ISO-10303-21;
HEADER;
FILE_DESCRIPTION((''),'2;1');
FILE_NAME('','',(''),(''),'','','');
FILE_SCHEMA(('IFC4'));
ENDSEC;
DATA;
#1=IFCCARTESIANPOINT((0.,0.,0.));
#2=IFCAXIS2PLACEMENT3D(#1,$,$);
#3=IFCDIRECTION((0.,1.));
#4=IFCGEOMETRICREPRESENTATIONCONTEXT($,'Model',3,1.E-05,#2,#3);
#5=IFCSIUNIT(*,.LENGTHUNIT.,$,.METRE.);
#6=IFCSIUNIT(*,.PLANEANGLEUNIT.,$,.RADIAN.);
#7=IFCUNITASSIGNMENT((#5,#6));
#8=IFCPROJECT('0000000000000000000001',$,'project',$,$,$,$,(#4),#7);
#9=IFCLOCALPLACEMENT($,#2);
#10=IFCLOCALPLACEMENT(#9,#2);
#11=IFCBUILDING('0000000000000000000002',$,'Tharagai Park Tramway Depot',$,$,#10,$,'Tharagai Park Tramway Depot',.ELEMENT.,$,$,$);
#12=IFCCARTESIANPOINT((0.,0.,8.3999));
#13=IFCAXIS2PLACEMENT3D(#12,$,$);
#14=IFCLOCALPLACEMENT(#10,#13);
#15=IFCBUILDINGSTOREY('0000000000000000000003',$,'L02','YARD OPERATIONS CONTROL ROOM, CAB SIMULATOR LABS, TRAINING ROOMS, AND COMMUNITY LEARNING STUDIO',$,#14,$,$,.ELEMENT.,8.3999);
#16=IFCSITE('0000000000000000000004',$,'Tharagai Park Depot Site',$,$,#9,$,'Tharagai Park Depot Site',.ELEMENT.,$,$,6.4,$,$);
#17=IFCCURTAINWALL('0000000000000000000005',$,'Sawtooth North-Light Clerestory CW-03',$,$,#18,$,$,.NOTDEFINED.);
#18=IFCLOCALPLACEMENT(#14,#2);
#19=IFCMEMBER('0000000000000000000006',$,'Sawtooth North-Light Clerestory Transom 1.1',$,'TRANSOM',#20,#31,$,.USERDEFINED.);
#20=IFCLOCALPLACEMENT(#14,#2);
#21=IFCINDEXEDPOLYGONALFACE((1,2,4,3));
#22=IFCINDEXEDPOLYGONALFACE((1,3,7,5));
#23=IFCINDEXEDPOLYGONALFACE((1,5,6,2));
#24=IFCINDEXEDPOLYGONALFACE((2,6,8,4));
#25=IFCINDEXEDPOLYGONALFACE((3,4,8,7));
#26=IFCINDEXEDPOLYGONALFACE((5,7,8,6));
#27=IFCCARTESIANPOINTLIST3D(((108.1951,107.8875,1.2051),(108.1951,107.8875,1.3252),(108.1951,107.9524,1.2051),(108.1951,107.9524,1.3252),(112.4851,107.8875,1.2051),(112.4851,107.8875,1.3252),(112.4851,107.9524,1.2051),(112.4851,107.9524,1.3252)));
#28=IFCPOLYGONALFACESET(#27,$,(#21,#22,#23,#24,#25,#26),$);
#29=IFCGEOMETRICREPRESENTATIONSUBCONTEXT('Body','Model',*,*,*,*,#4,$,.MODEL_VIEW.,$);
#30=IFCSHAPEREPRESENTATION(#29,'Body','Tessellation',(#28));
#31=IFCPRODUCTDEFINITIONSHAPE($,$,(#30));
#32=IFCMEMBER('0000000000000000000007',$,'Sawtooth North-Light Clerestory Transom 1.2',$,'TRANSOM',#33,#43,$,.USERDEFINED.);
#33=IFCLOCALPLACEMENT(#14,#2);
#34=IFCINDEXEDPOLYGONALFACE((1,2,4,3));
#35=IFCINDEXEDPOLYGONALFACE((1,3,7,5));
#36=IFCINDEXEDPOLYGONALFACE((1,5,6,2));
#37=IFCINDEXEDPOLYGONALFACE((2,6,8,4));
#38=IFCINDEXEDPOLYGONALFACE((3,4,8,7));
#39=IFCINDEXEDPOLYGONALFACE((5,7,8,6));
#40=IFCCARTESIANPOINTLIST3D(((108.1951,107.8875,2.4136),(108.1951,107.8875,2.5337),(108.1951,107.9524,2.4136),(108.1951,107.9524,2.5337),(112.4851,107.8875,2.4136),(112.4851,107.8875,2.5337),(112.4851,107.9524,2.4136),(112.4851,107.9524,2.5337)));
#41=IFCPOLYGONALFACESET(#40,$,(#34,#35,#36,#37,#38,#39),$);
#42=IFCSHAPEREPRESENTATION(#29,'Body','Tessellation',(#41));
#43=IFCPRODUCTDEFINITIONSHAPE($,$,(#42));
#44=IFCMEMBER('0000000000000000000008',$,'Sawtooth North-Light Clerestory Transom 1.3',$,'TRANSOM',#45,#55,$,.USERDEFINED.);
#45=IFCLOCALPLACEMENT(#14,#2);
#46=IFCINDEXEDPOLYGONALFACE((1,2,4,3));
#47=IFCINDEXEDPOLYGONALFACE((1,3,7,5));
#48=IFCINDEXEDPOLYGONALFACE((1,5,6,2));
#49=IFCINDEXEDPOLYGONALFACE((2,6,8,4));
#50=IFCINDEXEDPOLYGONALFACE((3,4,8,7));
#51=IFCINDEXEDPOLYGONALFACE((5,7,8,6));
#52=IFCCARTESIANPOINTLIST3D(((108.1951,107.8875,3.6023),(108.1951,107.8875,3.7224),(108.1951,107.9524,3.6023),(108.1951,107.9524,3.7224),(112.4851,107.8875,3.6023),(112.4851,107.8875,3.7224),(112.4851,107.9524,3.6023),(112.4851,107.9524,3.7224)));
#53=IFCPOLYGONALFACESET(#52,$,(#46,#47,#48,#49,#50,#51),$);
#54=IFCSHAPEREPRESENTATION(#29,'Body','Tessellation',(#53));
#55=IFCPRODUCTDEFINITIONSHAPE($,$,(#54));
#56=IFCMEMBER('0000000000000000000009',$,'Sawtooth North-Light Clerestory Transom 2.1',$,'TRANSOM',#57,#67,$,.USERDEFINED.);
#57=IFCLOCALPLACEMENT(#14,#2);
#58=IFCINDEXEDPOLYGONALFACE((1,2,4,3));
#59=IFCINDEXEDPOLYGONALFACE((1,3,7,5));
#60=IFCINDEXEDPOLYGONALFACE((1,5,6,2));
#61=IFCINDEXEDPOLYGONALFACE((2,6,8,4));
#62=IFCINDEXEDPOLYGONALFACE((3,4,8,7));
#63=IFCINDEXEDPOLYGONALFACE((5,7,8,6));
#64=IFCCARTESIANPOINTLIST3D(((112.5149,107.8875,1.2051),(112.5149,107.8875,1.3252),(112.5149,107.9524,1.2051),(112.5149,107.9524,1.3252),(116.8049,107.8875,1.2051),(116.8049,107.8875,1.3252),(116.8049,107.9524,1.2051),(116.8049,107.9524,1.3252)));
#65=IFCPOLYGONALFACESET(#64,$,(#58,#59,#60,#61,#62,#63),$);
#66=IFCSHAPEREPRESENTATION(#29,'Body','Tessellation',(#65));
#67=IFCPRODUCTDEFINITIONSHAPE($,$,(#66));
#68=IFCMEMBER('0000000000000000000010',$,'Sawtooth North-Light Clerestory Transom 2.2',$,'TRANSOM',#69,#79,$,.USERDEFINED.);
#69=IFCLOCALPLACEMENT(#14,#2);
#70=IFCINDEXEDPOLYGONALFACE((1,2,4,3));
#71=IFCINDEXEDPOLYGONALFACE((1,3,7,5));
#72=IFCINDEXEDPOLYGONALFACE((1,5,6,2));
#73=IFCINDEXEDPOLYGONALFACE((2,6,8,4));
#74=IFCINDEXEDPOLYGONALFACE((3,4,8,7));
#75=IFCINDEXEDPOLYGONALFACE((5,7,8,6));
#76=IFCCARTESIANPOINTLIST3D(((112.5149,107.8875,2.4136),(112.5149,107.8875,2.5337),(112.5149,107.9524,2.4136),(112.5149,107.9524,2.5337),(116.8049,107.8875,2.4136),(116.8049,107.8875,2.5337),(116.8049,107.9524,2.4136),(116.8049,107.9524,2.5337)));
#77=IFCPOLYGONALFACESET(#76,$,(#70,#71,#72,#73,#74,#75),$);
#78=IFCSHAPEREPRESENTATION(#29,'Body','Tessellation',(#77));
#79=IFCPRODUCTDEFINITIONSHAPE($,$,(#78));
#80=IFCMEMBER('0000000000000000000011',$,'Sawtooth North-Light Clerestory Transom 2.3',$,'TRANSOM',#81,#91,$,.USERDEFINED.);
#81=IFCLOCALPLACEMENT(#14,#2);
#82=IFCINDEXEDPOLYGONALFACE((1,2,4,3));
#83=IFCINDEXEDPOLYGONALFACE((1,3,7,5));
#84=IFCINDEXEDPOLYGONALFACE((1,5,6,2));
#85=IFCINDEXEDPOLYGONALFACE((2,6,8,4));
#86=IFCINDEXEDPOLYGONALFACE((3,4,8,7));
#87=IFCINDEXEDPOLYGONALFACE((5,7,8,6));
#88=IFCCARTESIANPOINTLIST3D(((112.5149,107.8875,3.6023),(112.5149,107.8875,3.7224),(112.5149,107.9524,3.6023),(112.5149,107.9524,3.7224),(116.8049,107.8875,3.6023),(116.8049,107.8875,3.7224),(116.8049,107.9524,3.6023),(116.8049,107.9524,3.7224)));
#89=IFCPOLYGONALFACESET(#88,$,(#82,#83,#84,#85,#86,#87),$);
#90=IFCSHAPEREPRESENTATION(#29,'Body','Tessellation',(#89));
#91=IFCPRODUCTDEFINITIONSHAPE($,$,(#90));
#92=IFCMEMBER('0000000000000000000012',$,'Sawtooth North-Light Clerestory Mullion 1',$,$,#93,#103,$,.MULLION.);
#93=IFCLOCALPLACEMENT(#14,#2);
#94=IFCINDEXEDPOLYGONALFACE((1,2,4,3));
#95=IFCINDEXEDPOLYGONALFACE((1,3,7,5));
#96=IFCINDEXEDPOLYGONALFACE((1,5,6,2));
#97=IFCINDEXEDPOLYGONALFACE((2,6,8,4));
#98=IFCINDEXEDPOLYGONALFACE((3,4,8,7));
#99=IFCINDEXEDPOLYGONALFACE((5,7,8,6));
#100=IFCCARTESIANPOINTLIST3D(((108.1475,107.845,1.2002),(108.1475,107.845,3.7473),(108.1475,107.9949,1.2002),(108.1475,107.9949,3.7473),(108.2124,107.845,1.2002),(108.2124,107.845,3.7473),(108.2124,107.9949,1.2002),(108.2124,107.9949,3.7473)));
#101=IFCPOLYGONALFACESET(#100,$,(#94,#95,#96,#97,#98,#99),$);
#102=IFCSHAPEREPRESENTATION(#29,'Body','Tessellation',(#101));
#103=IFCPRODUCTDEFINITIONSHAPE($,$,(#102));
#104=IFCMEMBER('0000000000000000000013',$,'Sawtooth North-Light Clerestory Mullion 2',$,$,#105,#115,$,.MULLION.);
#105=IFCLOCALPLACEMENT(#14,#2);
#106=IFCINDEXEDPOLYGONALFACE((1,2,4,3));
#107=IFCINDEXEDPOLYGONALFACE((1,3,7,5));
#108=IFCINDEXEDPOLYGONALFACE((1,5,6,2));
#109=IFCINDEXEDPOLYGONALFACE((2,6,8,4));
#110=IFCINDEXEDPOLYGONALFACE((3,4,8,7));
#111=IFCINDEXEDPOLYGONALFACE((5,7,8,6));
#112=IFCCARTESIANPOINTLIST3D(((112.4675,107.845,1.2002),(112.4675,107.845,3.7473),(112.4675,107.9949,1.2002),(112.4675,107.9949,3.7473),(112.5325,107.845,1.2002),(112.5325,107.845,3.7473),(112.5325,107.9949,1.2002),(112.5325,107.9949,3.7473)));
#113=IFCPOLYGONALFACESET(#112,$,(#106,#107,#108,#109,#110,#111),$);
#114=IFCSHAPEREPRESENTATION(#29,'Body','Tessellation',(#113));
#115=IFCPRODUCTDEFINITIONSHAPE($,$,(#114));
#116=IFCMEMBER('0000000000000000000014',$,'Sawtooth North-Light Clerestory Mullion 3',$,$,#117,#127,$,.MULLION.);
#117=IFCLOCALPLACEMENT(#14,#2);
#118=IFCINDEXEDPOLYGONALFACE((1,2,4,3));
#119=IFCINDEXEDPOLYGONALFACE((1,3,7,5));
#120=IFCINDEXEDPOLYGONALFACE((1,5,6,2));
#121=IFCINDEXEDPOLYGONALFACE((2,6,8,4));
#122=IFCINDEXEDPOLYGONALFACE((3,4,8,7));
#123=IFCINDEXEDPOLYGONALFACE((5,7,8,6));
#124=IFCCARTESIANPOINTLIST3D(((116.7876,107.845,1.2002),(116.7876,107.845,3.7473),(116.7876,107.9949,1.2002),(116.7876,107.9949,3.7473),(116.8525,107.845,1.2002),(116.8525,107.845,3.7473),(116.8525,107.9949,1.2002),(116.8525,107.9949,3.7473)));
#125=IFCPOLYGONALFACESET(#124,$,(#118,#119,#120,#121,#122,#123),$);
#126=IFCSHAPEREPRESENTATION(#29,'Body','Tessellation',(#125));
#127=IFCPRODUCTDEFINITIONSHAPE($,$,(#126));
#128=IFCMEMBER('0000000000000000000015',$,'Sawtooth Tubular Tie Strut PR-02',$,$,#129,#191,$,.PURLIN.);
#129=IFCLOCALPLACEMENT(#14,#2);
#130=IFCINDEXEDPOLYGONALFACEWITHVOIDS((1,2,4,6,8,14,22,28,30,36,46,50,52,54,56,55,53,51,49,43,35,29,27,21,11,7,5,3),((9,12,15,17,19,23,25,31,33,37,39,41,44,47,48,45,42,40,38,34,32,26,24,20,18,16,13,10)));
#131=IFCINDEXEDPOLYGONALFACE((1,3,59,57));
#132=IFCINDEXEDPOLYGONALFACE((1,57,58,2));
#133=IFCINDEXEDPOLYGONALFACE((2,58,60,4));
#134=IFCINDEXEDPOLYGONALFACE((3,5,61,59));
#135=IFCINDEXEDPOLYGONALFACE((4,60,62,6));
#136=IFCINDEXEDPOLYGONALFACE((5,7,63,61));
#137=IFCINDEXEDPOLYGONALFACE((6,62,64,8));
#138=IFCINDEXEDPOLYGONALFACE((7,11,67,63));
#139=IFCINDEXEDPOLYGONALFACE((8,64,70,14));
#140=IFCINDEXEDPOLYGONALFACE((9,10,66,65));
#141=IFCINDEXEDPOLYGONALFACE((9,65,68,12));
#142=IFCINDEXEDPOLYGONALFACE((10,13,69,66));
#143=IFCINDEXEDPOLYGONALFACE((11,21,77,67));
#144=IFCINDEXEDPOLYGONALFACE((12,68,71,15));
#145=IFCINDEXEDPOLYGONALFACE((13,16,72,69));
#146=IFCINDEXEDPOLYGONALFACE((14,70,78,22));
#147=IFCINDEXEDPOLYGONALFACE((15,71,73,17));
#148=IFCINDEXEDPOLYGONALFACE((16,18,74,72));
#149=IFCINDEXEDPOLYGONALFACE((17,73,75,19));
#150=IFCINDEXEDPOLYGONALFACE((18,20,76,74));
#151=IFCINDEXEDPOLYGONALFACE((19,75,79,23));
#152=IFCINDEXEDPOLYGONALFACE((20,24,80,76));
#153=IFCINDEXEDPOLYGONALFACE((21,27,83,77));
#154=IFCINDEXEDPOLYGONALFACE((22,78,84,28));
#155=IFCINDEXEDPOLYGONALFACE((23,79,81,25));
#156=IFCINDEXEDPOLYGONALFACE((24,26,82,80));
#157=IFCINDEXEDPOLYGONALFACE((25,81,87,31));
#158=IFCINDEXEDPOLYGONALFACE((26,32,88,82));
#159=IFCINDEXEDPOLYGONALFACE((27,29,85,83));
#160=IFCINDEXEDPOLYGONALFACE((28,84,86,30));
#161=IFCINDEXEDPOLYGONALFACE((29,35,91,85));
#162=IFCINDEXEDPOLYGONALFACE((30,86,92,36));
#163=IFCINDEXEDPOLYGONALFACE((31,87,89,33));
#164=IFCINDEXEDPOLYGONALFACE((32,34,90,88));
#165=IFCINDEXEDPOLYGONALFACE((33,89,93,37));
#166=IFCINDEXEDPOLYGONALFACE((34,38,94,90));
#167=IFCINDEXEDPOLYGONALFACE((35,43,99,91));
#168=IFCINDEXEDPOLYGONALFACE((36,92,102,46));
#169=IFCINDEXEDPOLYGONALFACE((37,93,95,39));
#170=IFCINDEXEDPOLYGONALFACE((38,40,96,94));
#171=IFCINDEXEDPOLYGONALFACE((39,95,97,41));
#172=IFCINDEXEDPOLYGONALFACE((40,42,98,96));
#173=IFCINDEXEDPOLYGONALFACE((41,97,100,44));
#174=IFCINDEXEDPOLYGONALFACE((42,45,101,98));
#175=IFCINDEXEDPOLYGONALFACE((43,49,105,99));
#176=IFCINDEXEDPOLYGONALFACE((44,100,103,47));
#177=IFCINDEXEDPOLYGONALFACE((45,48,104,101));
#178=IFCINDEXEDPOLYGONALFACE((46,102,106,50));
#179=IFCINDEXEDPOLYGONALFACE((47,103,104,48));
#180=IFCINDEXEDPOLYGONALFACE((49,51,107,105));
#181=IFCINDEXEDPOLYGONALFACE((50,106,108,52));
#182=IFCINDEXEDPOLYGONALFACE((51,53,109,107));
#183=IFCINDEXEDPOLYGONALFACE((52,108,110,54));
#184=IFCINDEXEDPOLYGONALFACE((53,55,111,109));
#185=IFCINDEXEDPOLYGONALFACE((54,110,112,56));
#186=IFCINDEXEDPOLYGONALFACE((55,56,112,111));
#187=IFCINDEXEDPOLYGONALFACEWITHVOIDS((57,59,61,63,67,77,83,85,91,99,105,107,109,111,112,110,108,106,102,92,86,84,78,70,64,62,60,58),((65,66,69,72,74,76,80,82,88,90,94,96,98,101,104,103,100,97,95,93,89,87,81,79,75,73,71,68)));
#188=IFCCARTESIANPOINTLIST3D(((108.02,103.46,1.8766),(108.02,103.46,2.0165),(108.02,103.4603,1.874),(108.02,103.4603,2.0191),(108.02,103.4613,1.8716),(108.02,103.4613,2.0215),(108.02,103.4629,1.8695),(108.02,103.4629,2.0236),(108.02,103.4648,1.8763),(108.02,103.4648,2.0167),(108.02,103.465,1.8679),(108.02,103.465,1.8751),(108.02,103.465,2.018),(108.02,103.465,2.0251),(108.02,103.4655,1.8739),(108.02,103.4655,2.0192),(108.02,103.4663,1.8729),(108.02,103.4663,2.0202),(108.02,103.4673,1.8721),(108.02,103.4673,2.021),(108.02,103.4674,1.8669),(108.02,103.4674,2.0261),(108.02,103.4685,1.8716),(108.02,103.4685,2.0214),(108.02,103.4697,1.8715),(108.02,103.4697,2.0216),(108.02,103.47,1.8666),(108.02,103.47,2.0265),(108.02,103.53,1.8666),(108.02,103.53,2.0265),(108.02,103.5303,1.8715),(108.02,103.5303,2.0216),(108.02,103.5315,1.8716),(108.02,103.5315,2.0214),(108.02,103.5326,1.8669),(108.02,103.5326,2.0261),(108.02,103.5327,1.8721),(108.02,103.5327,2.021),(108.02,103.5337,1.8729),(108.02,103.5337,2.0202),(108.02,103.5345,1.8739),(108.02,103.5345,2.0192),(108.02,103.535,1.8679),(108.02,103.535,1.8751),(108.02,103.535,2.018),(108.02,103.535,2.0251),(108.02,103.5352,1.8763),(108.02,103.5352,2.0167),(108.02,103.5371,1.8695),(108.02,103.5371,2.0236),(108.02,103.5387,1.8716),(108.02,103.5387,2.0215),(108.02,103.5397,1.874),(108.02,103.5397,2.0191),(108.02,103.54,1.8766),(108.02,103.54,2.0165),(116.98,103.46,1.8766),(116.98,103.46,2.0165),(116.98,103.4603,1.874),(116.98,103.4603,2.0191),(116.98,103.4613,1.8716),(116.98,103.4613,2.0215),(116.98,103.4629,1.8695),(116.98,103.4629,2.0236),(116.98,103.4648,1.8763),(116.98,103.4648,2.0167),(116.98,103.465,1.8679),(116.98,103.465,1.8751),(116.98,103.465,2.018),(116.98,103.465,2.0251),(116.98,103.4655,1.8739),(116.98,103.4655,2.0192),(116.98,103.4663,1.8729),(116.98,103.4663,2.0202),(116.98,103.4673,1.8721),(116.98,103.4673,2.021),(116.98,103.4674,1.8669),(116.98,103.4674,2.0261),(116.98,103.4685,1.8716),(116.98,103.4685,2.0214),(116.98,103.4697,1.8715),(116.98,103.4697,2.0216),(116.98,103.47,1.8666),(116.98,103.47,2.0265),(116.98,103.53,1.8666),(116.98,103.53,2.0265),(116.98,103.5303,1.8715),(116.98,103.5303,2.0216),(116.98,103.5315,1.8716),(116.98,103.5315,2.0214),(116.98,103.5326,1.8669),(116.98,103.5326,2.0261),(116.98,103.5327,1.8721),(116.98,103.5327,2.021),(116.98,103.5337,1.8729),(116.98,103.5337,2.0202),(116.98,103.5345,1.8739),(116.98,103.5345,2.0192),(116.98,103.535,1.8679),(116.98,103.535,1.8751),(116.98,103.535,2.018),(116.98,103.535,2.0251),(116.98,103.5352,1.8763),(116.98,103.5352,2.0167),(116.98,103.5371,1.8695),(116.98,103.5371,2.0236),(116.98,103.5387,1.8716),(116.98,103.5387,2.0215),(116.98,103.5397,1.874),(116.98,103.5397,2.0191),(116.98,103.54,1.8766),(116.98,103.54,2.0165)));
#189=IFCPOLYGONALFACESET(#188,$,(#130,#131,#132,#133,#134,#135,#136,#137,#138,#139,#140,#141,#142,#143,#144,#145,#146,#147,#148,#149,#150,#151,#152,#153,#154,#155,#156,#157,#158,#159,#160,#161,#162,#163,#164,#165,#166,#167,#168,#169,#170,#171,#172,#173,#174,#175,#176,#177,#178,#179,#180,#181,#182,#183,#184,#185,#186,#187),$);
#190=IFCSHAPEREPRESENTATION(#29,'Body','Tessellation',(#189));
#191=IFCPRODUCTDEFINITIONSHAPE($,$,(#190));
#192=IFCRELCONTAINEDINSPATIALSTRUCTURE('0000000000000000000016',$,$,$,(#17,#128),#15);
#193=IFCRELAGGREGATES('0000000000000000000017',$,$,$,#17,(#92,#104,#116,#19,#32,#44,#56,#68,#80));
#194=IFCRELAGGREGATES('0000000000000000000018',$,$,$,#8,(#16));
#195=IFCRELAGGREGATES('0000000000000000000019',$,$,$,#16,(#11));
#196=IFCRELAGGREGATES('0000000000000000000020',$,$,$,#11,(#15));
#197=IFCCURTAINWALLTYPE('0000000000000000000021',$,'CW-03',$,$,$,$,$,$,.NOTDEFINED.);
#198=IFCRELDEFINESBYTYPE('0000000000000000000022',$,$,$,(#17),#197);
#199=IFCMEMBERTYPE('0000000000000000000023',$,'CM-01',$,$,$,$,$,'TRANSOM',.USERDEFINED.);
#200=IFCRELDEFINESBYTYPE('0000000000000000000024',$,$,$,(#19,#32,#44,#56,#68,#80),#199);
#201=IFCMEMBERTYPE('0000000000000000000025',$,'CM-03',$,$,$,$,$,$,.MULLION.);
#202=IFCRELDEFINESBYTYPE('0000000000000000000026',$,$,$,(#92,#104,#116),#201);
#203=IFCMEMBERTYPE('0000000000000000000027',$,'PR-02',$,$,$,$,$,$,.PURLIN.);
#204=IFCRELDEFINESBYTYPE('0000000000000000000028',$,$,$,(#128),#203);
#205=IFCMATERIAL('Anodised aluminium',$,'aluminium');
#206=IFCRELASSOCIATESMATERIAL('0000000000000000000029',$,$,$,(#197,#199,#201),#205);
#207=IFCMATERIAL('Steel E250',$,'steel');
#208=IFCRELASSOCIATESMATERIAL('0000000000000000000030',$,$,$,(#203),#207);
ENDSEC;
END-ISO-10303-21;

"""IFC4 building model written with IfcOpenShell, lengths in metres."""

from ifc_helpers import new_model, si_unit, direction, frame, origin, origin_2d, place, context, subcontext, project, spatial, rectangle, hollow_rectangle, extrude, material, material_profile, profile_set, type_object, element, aggregate, save


model = new_model("IFC4")

# Units and contexts
model_context = context("Model", 3, precision=1e-05, world=origin(), true_north=direction((0.0, 1.0)))
body_context = subcontext(model_context, "Body", "Model", "MODEL_VIEW")
ifc_project = project(units=[si_unit("LENGTHUNIT", "METRE"), si_unit("PLANEANGLEUNIT", "RADIAN")], contexts=[model_context])

# Site, building, storey
site_placement = place(None, origin())
site = spatial("IfcSite", under=ifc_project, at=site_placement, Name="Tharagai Park Depot Site", LongName="Tharagai Park Depot Site", CompositionType="ELEMENT", RefElevation=6.4)
building_placement = place(site_placement, origin())
building = spatial("IfcBuilding", under=site, at=building_placement, Name="Tharagai Park Tramway Depot", LongName="Tharagai Park Tramway Depot", CompositionType="ELEMENT")
storey_placement = place(building_placement, frame((0.0, 0.0, 8.3999)))
storey = spatial("IfcBuildingStorey", under=building, at=storey_placement, Name="L02", Description="YARD OPERATIONS CONTROL ROOM, CAB SIMULATOR LABS, TRAINING ROOMS, AND COMMUNITY LEARNING STUDIO", CompositionType="ELEMENT", Elevation=8.3999)

# Curtain wall, members
ifc_material_1 = material(Name="Anodised aluminium", Category="aluminium")
curtain_wall_type = type_object("IfcCurtainWallType", Name="CW-03", PredefinedType="NOTDEFINED", material=ifc_material_1)
curtain_wall_placement = place(storey_placement, origin())
curtain_wall = element("IfcCurtainWall", 1, at=curtain_wall_placement, inside=storey, type_object=curtain_wall_type, Name="Sawtooth North-Light Clerestory CW-03", PredefinedType="NOTDEFINED")
ifc_material_profile_1 = material_profile(ifc_material_1, rectangle(XDim=0.0649, YDim=0.1201, at=origin_2d()), Name="ALU 65x120")
ifc_profile_set_1 = profile_set([ifc_material_profile_1], Name="Anodised aluminium")
member_type_1 = type_object("IfcMemberType", Name="CM-01", ElementType="TRANSOM", PredefinedType="USERDEFINED", material=ifc_profile_set_1)
member_1_placement = place(storey_placement, frame((108.1951, 107.9199, 1.2651), z_axis=(1.0, 0.0, 0.0), x_axis=(0.0, 1.0, 0.0)))
member_1 = element("IfcMember", 2, at=member_1_placement, type_object=member_type_1, Name="Sawtooth North-Light Clerestory Transom 1.1", ObjectType="TRANSOM", PredefinedType="USERDEFINED", context=body_context, shape_type="SweptSolid", body=[
    extrude(rectangle(XDim=0.0649, YDim=0.1201, at=origin_2d()), origin(), (0.0, 0.0, 1.0), 4.29),
])
member_2_placement = place(storey_placement, frame((108.1951, 107.9199, 2.4736), z_axis=(1.0, 0.0, 0.0), x_axis=(0.0, 1.0, 0.0)))
member_2 = element("IfcMember", 3, at=member_2_placement, type_object=member_type_1, Name="Sawtooth North-Light Clerestory Transom 1.2", ObjectType="TRANSOM", PredefinedType="USERDEFINED", context=body_context, shape_type="SweptSolid", body=[
    extrude(rectangle(XDim=0.0649, YDim=0.1201, at=origin_2d()), origin(), (0.0, 0.0, 1.0), 4.29),
])
member_3_placement = place(storey_placement, frame((108.1951, 107.9199, 3.6624), z_axis=(1.0, 0.0, 0.0), x_axis=(0.0, 1.0, 0.0)))
member_3 = element("IfcMember", 4, at=member_3_placement, type_object=member_type_1, Name="Sawtooth North-Light Clerestory Transom 1.3", ObjectType="TRANSOM", PredefinedType="USERDEFINED", context=body_context, shape_type="SweptSolid", body=[
    extrude(rectangle(XDim=0.0649, YDim=0.1201, at=origin_2d()), origin(), (0.0, 0.0, 1.0), 4.29),
])
member_4_placement = place(storey_placement, frame((112.5149, 107.9199, 1.2651), z_axis=(1.0, 0.0, 0.0), x_axis=(0.0, 1.0, 0.0)))
member_4 = element("IfcMember", 5, at=member_4_placement, type_object=member_type_1, Name="Sawtooth North-Light Clerestory Transom 2.1", ObjectType="TRANSOM", PredefinedType="USERDEFINED", context=body_context, shape_type="SweptSolid", body=[
    extrude(rectangle(XDim=0.0649, YDim=0.1201, at=origin_2d()), origin(), (0.0, 0.0, 1.0), 4.29),
])
member_5_placement = place(storey_placement, frame((112.5149, 107.9199, 2.4736), z_axis=(1.0, 0.0, 0.0), x_axis=(0.0, 1.0, 0.0)))
member_5 = element("IfcMember", 6, at=member_5_placement, type_object=member_type_1, Name="Sawtooth North-Light Clerestory Transom 2.2", ObjectType="TRANSOM", PredefinedType="USERDEFINED", context=body_context, shape_type="SweptSolid", body=[
    extrude(rectangle(XDim=0.0649, YDim=0.1201, at=origin_2d()), origin(), (0.0, 0.0, 1.0), 4.29),
])
member_6_placement = place(storey_placement, frame((112.5149, 107.9199, 3.6624), z_axis=(1.0, 0.0, 0.0), x_axis=(0.0, 1.0, 0.0)))
member_6 = element("IfcMember", 7, at=member_6_placement, type_object=member_type_1, Name="Sawtooth North-Light Clerestory Transom 2.3", ObjectType="TRANSOM", PredefinedType="USERDEFINED", context=body_context, shape_type="SweptSolid", body=[
    extrude(rectangle(XDim=0.0649, YDim=0.1201, at=origin_2d()), origin(), (0.0, 0.0, 1.0), 4.29),
])
ifc_material_profile_2 = material_profile(ifc_material_1, rectangle(XDim=0.0649, YDim=0.1499, at=origin_2d()), Name="ALU 65x150")
ifc_profile_set_2 = profile_set([ifc_material_profile_2], Name="Anodised aluminium")
member_type_2 = type_object("IfcMemberType", Name="CM-03", PredefinedType="MULLION", material=ifc_profile_set_2)
member_7_placement = place(storey_placement, frame((108.1799, 107.9199, 1.2002), z_axis=(0.0, 0.0, 1.0), x_axis=(1.0, 0.0, 0.0)))
member_7 = element("IfcMember", 8, at=member_7_placement, type_object=member_type_2, Name="Sawtooth North-Light Clerestory Mullion 1", PredefinedType="MULLION", context=body_context, shape_type="SweptSolid", body=[
    extrude(rectangle(XDim=0.0649, YDim=0.1499, at=origin_2d()), origin(), (0.0, 0.0, 1.0), 2.5471),
])
member_8_placement = place(storey_placement, frame((112.5, 107.9199, 1.2002), z_axis=(0.0, 0.0, 1.0), x_axis=(1.0, 0.0, 0.0)))
member_8 = element("IfcMember", 9, at=member_8_placement, type_object=member_type_2, Name="Sawtooth North-Light Clerestory Mullion 2", PredefinedType="MULLION", context=body_context, shape_type="SweptSolid", body=[
    extrude(rectangle(XDim=0.0649, YDim=0.1499, at=origin_2d()), origin(), (0.0, 0.0, 1.0), 2.5471),
])
member_9_placement = place(storey_placement, frame((116.8201, 107.9199, 1.2002), z_axis=(0.0, 0.0, 1.0), x_axis=(1.0, 0.0, 0.0)))
member_9 = element("IfcMember", 10, at=member_9_placement, type_object=member_type_2, Name="Sawtooth North-Light Clerestory Mullion 3", PredefinedType="MULLION", context=body_context, shape_type="SweptSolid", body=[
    extrude(rectangle(XDim=0.0649, YDim=0.1499, at=origin_2d()), origin(), (0.0, 0.0, 1.0), 2.5471),
])

# Member
ifc_material_2 = material(Name="Steel E250", Category="steel")
ifc_material_profile_3 = material_profile(ifc_material_2, hollow_rectangle(XDim=0.0801, YDim=0.1599, WallThickness=0.0049, InnerFilletRadius=0.0049, OuterFilletRadius=0.01, at=origin_2d()), Name="RHS 160x80x5")
ifc_profile_set_3 = profile_set([ifc_material_profile_3], Name="Steel E250")
member_type_3 = type_object("IfcMemberType", Name="PR-02", PredefinedType="PURLIN", material=ifc_profile_set_3)
member_10_placement = place(storey_placement, frame((108.02, 103.5, 1.9465), z_axis=(1.0, 0.0, 0.0), x_axis=(0.0, 1.0, 0.0)))
element("IfcMember", 11, at=member_10_placement, inside=storey, type_object=member_type_3, Name="Sawtooth Tubular Tie Strut PR-02", PredefinedType="PURLIN", context=body_context, shape_type="SweptSolid", body=[
    extrude(hollow_rectangle(XDim=0.0801, YDim=0.1599, WallThickness=0.0049, InnerFilletRadius=0.0049, OuterFilletRadius=0.01, at=origin_2d()), origin(), (0.0, 0.0, 1.0), 8.96),
])

aggregate(curtain_wall, [member_7, member_8, member_9, member_1, member_2, member_3, member_4, member_5, member_6])

save(model, "model.ifc")
